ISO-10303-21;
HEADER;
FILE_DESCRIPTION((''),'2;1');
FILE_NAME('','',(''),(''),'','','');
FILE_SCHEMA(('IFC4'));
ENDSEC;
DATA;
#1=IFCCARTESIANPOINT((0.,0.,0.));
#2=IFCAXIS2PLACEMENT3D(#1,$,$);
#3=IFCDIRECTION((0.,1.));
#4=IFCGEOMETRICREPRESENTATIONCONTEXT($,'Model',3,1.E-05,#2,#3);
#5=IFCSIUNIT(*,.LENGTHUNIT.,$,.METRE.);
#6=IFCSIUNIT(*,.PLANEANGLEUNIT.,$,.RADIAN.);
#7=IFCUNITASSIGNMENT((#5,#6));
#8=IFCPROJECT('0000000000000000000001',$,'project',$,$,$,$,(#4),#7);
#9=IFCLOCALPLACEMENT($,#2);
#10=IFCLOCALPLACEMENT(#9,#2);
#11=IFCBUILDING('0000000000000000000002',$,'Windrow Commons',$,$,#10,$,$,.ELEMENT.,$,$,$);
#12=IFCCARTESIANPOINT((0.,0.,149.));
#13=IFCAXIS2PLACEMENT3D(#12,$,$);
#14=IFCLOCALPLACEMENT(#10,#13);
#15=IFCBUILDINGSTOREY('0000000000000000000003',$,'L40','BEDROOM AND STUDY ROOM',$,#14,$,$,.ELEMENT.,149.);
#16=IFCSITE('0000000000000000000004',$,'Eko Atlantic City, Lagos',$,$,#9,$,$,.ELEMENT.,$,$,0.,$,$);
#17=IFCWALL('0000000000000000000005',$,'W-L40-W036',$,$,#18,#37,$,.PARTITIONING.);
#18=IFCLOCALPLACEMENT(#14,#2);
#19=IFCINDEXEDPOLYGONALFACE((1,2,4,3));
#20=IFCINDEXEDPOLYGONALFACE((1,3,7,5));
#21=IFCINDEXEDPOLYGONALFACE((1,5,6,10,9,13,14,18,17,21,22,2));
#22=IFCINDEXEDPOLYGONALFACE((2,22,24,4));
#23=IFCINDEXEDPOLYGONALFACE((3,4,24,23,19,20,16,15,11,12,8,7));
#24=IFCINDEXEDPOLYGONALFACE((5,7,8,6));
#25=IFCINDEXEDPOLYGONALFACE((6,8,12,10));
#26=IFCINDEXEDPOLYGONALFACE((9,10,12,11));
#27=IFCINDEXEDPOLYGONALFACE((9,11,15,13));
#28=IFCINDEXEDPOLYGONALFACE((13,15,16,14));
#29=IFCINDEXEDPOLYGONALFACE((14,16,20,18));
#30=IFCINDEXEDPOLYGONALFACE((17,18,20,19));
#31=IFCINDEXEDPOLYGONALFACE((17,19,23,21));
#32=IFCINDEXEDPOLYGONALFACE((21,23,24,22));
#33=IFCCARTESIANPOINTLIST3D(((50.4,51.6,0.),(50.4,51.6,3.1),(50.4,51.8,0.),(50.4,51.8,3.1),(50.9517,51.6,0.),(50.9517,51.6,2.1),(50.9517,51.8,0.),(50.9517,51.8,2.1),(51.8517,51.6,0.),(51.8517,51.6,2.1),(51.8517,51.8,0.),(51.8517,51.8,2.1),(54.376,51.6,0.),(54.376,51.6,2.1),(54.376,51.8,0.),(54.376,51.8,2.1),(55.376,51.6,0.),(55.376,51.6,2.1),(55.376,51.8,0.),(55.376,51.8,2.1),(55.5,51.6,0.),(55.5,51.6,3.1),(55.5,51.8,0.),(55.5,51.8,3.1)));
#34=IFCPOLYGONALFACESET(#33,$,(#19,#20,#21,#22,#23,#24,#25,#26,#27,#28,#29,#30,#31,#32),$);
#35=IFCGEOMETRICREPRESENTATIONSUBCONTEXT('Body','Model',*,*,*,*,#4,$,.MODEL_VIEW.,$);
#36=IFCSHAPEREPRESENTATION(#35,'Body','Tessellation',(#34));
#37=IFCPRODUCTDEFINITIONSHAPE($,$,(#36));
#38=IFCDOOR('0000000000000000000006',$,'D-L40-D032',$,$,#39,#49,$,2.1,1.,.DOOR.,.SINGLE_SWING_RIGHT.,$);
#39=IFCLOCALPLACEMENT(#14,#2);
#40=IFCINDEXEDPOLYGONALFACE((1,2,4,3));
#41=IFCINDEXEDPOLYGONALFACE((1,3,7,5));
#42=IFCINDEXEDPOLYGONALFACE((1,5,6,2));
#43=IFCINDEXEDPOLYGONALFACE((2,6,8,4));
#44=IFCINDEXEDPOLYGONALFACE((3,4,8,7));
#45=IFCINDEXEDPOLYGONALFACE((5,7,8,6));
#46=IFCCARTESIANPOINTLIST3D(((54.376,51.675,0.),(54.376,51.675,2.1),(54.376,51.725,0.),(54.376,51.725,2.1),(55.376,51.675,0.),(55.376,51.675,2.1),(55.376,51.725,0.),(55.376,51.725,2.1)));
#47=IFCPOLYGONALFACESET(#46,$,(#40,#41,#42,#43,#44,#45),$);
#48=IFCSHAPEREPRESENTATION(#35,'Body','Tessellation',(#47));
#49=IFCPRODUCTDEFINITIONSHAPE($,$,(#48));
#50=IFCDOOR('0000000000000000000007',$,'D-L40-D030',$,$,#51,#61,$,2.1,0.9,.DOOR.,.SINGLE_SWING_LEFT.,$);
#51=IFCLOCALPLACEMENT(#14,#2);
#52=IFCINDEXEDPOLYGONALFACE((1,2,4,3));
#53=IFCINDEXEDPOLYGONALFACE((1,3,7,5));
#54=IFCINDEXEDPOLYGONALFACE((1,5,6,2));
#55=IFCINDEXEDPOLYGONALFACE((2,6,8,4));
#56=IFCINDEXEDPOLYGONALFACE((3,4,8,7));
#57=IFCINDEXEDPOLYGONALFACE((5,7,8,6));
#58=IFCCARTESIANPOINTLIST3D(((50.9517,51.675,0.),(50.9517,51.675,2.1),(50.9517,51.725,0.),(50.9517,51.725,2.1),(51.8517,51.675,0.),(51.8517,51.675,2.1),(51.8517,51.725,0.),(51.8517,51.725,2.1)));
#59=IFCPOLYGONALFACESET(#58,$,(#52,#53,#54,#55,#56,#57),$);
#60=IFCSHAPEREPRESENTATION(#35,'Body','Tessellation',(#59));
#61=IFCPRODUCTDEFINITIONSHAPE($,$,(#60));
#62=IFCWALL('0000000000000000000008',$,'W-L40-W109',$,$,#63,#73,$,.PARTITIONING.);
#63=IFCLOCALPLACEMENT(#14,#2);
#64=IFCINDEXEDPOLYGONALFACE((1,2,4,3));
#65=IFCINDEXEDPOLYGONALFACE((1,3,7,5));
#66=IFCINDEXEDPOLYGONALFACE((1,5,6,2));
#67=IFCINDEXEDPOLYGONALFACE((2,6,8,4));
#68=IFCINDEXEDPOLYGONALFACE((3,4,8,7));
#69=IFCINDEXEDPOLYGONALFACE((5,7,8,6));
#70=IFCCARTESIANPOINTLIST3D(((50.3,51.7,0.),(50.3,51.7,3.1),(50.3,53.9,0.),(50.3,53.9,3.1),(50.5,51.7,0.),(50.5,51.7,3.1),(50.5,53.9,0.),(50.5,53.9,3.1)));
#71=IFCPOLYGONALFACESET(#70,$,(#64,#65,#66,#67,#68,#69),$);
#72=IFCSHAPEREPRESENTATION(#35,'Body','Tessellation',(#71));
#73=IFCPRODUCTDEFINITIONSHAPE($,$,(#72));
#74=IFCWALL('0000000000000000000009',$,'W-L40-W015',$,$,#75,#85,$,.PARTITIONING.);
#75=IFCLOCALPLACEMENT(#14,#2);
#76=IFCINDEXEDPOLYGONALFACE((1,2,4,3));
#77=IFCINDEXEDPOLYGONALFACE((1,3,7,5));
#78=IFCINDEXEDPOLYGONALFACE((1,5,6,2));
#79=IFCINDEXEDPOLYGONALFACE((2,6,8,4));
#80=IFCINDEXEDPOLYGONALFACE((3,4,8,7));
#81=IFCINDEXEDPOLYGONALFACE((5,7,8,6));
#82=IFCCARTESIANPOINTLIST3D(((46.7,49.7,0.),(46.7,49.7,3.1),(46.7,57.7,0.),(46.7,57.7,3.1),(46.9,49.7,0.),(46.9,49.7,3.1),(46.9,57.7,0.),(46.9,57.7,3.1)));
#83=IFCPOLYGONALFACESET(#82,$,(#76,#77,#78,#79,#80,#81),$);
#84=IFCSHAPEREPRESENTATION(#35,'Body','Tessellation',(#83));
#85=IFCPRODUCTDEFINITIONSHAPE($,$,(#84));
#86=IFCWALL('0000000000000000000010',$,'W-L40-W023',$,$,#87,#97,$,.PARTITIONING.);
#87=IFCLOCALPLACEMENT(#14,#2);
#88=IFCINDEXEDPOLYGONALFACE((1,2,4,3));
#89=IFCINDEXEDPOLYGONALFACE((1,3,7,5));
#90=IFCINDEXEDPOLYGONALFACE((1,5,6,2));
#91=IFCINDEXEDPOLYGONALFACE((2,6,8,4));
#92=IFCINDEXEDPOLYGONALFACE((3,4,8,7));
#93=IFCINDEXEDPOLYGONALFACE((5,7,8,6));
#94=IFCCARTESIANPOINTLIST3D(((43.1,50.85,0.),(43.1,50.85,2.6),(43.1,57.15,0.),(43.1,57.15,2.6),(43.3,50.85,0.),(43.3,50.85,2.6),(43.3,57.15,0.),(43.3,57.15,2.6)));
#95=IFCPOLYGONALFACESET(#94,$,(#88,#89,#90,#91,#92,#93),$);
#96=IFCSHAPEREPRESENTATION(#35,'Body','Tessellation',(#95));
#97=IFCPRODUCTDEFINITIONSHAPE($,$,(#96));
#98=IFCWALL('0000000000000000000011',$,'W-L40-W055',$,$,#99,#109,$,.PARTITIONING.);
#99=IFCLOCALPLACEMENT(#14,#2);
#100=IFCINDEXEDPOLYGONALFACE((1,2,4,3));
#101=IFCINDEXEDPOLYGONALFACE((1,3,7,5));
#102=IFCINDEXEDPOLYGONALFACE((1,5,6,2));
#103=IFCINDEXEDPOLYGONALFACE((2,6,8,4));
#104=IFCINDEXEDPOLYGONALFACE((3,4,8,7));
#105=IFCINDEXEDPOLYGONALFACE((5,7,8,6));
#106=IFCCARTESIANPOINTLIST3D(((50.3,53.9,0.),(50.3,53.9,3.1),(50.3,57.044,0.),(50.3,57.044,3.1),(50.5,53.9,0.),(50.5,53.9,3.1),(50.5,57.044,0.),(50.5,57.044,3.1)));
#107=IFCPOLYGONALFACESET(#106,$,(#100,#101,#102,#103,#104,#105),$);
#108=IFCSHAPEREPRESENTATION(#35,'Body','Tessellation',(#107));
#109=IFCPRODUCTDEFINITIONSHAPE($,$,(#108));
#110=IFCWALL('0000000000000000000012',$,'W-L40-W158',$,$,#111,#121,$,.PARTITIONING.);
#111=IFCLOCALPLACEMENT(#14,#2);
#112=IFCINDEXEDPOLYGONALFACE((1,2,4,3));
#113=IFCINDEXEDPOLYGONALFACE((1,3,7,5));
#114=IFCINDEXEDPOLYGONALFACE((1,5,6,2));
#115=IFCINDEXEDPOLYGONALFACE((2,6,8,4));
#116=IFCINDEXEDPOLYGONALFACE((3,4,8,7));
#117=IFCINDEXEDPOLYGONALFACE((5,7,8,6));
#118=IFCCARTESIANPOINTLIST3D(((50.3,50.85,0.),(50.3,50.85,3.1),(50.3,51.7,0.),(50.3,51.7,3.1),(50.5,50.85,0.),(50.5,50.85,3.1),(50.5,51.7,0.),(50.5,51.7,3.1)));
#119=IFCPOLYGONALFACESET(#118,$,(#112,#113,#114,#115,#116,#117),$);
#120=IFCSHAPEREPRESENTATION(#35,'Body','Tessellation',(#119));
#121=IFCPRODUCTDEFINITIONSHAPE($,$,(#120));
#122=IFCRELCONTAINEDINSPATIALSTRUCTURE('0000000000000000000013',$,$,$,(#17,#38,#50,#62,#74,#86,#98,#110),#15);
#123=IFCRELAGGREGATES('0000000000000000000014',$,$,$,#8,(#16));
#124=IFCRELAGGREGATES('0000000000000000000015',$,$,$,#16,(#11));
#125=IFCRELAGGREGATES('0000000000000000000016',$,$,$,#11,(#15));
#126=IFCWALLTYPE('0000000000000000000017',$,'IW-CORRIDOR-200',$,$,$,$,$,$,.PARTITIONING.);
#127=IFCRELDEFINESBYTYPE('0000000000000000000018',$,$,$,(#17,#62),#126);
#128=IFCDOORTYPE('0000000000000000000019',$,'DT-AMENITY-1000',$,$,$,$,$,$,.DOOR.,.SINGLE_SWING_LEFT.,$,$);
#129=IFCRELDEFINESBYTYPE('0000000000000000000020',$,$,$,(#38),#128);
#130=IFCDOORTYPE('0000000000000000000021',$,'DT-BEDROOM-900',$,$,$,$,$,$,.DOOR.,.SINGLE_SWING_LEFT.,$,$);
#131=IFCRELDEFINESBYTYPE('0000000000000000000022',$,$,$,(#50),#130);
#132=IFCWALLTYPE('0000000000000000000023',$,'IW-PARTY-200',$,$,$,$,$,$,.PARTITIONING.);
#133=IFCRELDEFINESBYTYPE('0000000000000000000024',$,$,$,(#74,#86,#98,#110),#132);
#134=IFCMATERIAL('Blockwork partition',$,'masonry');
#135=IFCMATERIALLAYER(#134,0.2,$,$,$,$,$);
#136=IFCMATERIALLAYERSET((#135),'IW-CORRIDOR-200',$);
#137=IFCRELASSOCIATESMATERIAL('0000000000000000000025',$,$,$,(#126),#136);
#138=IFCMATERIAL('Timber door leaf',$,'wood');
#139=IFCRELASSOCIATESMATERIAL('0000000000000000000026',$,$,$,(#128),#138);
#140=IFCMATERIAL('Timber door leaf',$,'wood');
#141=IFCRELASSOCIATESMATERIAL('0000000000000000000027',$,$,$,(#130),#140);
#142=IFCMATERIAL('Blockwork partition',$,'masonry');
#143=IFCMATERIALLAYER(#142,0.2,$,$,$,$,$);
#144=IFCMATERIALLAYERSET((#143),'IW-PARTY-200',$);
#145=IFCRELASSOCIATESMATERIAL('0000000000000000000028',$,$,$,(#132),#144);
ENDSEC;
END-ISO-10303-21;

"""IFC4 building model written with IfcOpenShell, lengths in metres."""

from ifc_helpers import new_model, si_unit, direction, frame, frame_2d, origin, place, context, subcontext, project, spatial, rectangle, extrude, material, layer, layer_set, type_object, element, fill, save


model = new_model("IFC4")

# Units and contexts
model_context = context("Model", 3, precision=1e-05, world=origin(), true_north=direction((0.0, 1.0)))
body_context = subcontext(model_context, "Body", "Model", "MODEL_VIEW")
ifc_project = project(units=[si_unit("LENGTHUNIT", "METRE"), si_unit("PLANEANGLEUNIT", "RADIAN")], contexts=[model_context])

# Site, building, storey
site_placement = place(None, origin())
site = spatial("IfcSite", under=ifc_project, at=site_placement, Name="Eko Atlantic City, Lagos", CompositionType="ELEMENT", RefElevation=0.0)
building_placement = place(site_placement, origin())
building = spatial("IfcBuilding", under=site, at=building_placement, Name="Windrow Commons", CompositionType="ELEMENT")
storey_placement = place(building_placement, frame((0.0, 0.0, 149.0)))
storey = spatial("IfcBuildingStorey", under=building, at=storey_placement, Name="L40", Description="BEDROOM AND STUDY ROOM", CompositionType="ELEMENT", Elevation=149.0)

# Wall, openings, doors
ifc_material_1 = material(Name="Blockwork partition", Category="masonry")
ifc_layer_1 = layer(ifc_material_1, 0.2)
ifc_layer_set_1 = layer_set([ifc_layer_1], Name="IW-CORRIDOR-200")
wall_type_1 = type_object("IfcWallType", Name="IW-CORRIDOR-200", PredefinedType="PARTITIONING", material=ifc_layer_set_1)
wall_1_placement = place(storey_placement, frame((50.4, 51.7, 0.0), z_axis=(0.0, 0.0, 1.0), x_axis=(1.0, 0.0, 0.0)))
wall_1 = element("IfcWall", 1, at=wall_1_placement, inside=storey, type_object=wall_type_1, Name="W-L40-W036", PredefinedType="PARTITIONING", context=body_context, shape_type="SweptSolid", body=[
    extrude(rectangle(XDim=5.1, YDim=0.2, at=frame_2d((2.55, 0.0))), origin(), (0.0, 0.0, 1.0), 3.1),
])
opening_1_placement = place(wall_1_placement, frame((0.5517, 0.0, 0.0)))
opening_1 = element("IfcOpeningElement", 2, at=opening_1_placement, cuts=wall_1, PredefinedType="OPENING", context=body_context, shape_type="SweptSolid", body=[
    extrude(rectangle(XDim=0.9, YDim=2.1, at=frame_2d((0.45, 1.05))), frame((0.0, 0.11, 0.0), z_axis=(0.0, -1.0, 0.0), x_axis=(1.0, 0.0, 0.0)), (0.0, 0.0, 1.0), 0.22),
])
opening_2_placement = place(wall_1_placement, frame((3.976, 0.0, 0.0)))
opening_2 = element("IfcOpeningElement", 3, at=opening_2_placement, cuts=wall_1, PredefinedType="OPENING", context=body_context, shape_type="SweptSolid", body=[
    extrude(rectangle(XDim=1.0, YDim=2.1, at=frame_2d((0.5, 1.05))), frame((0.0, 0.11, 0.0), z_axis=(0.0, -1.0, 0.0), x_axis=(1.0, 0.0, 0.0)), (0.0, 0.0, 1.0), 0.22),
])
ifc_material_2 = material(Name="Timber door leaf", Category="wood")
door_type_1 = type_object("IfcDoorType", Name="DT-AMENITY-1000", OperationType="SINGLE_SWING_LEFT", PredefinedType="DOOR", material=ifc_material_2)
door_1_placement = place(opening_2_placement, origin())
door_1 = element("IfcDoor", 4, at=door_1_placement, inside=storey, type_object=door_type_1, Name="D-L40-D032", OperationType="SINGLE_SWING_RIGHT", OverallHeight=2.1, OverallWidth=1.0, PredefinedType="DOOR", context=body_context, shape_type="SweptSolid", body=[
    extrude(rectangle(XDim=1.0, YDim=2.1, at=frame_2d((0.5, 1.05))), frame((0.0, 0.025, 0.0), z_axis=(0.0, -1.0, 0.0), x_axis=(1.0, 0.0, 0.0)), (0.0, 0.0, 1.0), 0.05),
])
fill(opening_2, door_1)
ifc_material_3 = material(Name="Timber door leaf", Category="wood")
door_type_2 = type_object("IfcDoorType", Name="DT-BEDROOM-900", OperationType="SINGLE_SWING_LEFT", PredefinedType="DOOR", material=ifc_material_3)
door_2_placement = place(opening_1_placement, origin())
door_2 = element("IfcDoor", 5, at=door_2_placement, inside=storey, type_object=door_type_2, Name="D-L40-D030", OperationType="SINGLE_SWING_LEFT", OverallHeight=2.1, OverallWidth=0.9, PredefinedType="DOOR", context=body_context, shape_type="SweptSolid", body=[
    extrude(rectangle(XDim=0.9, YDim=2.1, at=frame_2d((0.45, 1.05))), frame((0.0, 0.025, 0.0), z_axis=(0.0, -1.0, 0.0), x_axis=(1.0, 0.0, 0.0)), (0.0, 0.0, 1.0), 0.05),
])
fill(opening_1, door_2)

# Walls
wall_2_placement = place(storey_placement, frame((50.4, 51.7, 0.0), z_axis=(0.0, 0.0, 1.0), x_axis=(0.0, 1.0, 0.0)))
element("IfcWall", 6, at=wall_2_placement, inside=storey, type_object=wall_type_1, Name="W-L40-W109", PredefinedType="PARTITIONING", context=body_context, shape_type="SweptSolid", body=[
    extrude(rectangle(XDim=2.2, YDim=0.2, at=frame_2d((1.1, 0.0))), origin(), (0.0, 0.0, 1.0), 3.1),
])
ifc_material_4 = material(Name="Blockwork partition", Category="masonry")
ifc_layer_2 = layer(ifc_material_4, 0.2)
ifc_layer_set_2 = layer_set([ifc_layer_2], Name="IW-PARTY-200")
wall_type_2 = type_object("IfcWallType", Name="IW-PARTY-200", PredefinedType="PARTITIONING", material=ifc_layer_set_2)
wall_3_placement = place(storey_placement, frame((46.8, 49.7, 0.0), z_axis=(0.0, 0.0, 1.0), x_axis=(0.0, 1.0, 0.0)))
element("IfcWall", 7, at=wall_3_placement, inside=storey, type_object=wall_type_2, Name="W-L40-W015", PredefinedType="PARTITIONING", context=body_context, shape_type="SweptSolid", body=[
    extrude(rectangle(XDim=8.0, YDim=0.2, at=frame_2d((4.0, 0.0))), origin(), (0.0, 0.0, 1.0), 3.1),
])
wall_4_placement = place(storey_placement, frame((43.2, 50.85, 0.0), z_axis=(0.0, 0.0, 1.0), x_axis=(0.0, 1.0, 0.0)))
element("IfcWall", 8, at=wall_4_placement, inside=storey, type_object=wall_type_2, Name="W-L40-W023", PredefinedType="PARTITIONING", context=body_context, shape_type="SweptSolid", body=[
    extrude(rectangle(XDim=6.3, YDim=0.2, at=frame_2d((3.15, 0.0))), origin(), (0.0, 0.0, 1.0), 2.6),
])
wall_5_placement = place(storey_placement, frame((50.4, 53.9, 0.0), z_axis=(0.0, 0.0, 1.0), x_axis=(0.0, 1.0, 0.0)))
element("IfcWall", 9, at=wall_5_placement, inside=storey, type_object=wall_type_2, Name="W-L40-W055", PredefinedType="PARTITIONING", context=body_context, shape_type="SweptSolid", body=[
    extrude(rectangle(XDim=3.144, YDim=0.2, at=frame_2d((1.572, 0.0))), origin(), (0.0, 0.0, 1.0), 3.1),
])
wall_6_placement = place(storey_placement, frame((50.4, 50.85, 0.0), z_axis=(0.0, 0.0, 1.0), x_axis=(0.0, 1.0, 0.0)))
element("IfcWall", 10, at=wall_6_placement, inside=storey, type_object=wall_type_2, Name="W-L40-W158", PredefinedType="PARTITIONING", context=body_context, shape_type="SweptSolid", body=[
    extrude(rectangle(XDim=0.85, YDim=0.2, at=frame_2d((0.425, 0.0))), origin(), (0.0, 0.0, 1.0), 3.1),
])

save(model, "model.ifc")
